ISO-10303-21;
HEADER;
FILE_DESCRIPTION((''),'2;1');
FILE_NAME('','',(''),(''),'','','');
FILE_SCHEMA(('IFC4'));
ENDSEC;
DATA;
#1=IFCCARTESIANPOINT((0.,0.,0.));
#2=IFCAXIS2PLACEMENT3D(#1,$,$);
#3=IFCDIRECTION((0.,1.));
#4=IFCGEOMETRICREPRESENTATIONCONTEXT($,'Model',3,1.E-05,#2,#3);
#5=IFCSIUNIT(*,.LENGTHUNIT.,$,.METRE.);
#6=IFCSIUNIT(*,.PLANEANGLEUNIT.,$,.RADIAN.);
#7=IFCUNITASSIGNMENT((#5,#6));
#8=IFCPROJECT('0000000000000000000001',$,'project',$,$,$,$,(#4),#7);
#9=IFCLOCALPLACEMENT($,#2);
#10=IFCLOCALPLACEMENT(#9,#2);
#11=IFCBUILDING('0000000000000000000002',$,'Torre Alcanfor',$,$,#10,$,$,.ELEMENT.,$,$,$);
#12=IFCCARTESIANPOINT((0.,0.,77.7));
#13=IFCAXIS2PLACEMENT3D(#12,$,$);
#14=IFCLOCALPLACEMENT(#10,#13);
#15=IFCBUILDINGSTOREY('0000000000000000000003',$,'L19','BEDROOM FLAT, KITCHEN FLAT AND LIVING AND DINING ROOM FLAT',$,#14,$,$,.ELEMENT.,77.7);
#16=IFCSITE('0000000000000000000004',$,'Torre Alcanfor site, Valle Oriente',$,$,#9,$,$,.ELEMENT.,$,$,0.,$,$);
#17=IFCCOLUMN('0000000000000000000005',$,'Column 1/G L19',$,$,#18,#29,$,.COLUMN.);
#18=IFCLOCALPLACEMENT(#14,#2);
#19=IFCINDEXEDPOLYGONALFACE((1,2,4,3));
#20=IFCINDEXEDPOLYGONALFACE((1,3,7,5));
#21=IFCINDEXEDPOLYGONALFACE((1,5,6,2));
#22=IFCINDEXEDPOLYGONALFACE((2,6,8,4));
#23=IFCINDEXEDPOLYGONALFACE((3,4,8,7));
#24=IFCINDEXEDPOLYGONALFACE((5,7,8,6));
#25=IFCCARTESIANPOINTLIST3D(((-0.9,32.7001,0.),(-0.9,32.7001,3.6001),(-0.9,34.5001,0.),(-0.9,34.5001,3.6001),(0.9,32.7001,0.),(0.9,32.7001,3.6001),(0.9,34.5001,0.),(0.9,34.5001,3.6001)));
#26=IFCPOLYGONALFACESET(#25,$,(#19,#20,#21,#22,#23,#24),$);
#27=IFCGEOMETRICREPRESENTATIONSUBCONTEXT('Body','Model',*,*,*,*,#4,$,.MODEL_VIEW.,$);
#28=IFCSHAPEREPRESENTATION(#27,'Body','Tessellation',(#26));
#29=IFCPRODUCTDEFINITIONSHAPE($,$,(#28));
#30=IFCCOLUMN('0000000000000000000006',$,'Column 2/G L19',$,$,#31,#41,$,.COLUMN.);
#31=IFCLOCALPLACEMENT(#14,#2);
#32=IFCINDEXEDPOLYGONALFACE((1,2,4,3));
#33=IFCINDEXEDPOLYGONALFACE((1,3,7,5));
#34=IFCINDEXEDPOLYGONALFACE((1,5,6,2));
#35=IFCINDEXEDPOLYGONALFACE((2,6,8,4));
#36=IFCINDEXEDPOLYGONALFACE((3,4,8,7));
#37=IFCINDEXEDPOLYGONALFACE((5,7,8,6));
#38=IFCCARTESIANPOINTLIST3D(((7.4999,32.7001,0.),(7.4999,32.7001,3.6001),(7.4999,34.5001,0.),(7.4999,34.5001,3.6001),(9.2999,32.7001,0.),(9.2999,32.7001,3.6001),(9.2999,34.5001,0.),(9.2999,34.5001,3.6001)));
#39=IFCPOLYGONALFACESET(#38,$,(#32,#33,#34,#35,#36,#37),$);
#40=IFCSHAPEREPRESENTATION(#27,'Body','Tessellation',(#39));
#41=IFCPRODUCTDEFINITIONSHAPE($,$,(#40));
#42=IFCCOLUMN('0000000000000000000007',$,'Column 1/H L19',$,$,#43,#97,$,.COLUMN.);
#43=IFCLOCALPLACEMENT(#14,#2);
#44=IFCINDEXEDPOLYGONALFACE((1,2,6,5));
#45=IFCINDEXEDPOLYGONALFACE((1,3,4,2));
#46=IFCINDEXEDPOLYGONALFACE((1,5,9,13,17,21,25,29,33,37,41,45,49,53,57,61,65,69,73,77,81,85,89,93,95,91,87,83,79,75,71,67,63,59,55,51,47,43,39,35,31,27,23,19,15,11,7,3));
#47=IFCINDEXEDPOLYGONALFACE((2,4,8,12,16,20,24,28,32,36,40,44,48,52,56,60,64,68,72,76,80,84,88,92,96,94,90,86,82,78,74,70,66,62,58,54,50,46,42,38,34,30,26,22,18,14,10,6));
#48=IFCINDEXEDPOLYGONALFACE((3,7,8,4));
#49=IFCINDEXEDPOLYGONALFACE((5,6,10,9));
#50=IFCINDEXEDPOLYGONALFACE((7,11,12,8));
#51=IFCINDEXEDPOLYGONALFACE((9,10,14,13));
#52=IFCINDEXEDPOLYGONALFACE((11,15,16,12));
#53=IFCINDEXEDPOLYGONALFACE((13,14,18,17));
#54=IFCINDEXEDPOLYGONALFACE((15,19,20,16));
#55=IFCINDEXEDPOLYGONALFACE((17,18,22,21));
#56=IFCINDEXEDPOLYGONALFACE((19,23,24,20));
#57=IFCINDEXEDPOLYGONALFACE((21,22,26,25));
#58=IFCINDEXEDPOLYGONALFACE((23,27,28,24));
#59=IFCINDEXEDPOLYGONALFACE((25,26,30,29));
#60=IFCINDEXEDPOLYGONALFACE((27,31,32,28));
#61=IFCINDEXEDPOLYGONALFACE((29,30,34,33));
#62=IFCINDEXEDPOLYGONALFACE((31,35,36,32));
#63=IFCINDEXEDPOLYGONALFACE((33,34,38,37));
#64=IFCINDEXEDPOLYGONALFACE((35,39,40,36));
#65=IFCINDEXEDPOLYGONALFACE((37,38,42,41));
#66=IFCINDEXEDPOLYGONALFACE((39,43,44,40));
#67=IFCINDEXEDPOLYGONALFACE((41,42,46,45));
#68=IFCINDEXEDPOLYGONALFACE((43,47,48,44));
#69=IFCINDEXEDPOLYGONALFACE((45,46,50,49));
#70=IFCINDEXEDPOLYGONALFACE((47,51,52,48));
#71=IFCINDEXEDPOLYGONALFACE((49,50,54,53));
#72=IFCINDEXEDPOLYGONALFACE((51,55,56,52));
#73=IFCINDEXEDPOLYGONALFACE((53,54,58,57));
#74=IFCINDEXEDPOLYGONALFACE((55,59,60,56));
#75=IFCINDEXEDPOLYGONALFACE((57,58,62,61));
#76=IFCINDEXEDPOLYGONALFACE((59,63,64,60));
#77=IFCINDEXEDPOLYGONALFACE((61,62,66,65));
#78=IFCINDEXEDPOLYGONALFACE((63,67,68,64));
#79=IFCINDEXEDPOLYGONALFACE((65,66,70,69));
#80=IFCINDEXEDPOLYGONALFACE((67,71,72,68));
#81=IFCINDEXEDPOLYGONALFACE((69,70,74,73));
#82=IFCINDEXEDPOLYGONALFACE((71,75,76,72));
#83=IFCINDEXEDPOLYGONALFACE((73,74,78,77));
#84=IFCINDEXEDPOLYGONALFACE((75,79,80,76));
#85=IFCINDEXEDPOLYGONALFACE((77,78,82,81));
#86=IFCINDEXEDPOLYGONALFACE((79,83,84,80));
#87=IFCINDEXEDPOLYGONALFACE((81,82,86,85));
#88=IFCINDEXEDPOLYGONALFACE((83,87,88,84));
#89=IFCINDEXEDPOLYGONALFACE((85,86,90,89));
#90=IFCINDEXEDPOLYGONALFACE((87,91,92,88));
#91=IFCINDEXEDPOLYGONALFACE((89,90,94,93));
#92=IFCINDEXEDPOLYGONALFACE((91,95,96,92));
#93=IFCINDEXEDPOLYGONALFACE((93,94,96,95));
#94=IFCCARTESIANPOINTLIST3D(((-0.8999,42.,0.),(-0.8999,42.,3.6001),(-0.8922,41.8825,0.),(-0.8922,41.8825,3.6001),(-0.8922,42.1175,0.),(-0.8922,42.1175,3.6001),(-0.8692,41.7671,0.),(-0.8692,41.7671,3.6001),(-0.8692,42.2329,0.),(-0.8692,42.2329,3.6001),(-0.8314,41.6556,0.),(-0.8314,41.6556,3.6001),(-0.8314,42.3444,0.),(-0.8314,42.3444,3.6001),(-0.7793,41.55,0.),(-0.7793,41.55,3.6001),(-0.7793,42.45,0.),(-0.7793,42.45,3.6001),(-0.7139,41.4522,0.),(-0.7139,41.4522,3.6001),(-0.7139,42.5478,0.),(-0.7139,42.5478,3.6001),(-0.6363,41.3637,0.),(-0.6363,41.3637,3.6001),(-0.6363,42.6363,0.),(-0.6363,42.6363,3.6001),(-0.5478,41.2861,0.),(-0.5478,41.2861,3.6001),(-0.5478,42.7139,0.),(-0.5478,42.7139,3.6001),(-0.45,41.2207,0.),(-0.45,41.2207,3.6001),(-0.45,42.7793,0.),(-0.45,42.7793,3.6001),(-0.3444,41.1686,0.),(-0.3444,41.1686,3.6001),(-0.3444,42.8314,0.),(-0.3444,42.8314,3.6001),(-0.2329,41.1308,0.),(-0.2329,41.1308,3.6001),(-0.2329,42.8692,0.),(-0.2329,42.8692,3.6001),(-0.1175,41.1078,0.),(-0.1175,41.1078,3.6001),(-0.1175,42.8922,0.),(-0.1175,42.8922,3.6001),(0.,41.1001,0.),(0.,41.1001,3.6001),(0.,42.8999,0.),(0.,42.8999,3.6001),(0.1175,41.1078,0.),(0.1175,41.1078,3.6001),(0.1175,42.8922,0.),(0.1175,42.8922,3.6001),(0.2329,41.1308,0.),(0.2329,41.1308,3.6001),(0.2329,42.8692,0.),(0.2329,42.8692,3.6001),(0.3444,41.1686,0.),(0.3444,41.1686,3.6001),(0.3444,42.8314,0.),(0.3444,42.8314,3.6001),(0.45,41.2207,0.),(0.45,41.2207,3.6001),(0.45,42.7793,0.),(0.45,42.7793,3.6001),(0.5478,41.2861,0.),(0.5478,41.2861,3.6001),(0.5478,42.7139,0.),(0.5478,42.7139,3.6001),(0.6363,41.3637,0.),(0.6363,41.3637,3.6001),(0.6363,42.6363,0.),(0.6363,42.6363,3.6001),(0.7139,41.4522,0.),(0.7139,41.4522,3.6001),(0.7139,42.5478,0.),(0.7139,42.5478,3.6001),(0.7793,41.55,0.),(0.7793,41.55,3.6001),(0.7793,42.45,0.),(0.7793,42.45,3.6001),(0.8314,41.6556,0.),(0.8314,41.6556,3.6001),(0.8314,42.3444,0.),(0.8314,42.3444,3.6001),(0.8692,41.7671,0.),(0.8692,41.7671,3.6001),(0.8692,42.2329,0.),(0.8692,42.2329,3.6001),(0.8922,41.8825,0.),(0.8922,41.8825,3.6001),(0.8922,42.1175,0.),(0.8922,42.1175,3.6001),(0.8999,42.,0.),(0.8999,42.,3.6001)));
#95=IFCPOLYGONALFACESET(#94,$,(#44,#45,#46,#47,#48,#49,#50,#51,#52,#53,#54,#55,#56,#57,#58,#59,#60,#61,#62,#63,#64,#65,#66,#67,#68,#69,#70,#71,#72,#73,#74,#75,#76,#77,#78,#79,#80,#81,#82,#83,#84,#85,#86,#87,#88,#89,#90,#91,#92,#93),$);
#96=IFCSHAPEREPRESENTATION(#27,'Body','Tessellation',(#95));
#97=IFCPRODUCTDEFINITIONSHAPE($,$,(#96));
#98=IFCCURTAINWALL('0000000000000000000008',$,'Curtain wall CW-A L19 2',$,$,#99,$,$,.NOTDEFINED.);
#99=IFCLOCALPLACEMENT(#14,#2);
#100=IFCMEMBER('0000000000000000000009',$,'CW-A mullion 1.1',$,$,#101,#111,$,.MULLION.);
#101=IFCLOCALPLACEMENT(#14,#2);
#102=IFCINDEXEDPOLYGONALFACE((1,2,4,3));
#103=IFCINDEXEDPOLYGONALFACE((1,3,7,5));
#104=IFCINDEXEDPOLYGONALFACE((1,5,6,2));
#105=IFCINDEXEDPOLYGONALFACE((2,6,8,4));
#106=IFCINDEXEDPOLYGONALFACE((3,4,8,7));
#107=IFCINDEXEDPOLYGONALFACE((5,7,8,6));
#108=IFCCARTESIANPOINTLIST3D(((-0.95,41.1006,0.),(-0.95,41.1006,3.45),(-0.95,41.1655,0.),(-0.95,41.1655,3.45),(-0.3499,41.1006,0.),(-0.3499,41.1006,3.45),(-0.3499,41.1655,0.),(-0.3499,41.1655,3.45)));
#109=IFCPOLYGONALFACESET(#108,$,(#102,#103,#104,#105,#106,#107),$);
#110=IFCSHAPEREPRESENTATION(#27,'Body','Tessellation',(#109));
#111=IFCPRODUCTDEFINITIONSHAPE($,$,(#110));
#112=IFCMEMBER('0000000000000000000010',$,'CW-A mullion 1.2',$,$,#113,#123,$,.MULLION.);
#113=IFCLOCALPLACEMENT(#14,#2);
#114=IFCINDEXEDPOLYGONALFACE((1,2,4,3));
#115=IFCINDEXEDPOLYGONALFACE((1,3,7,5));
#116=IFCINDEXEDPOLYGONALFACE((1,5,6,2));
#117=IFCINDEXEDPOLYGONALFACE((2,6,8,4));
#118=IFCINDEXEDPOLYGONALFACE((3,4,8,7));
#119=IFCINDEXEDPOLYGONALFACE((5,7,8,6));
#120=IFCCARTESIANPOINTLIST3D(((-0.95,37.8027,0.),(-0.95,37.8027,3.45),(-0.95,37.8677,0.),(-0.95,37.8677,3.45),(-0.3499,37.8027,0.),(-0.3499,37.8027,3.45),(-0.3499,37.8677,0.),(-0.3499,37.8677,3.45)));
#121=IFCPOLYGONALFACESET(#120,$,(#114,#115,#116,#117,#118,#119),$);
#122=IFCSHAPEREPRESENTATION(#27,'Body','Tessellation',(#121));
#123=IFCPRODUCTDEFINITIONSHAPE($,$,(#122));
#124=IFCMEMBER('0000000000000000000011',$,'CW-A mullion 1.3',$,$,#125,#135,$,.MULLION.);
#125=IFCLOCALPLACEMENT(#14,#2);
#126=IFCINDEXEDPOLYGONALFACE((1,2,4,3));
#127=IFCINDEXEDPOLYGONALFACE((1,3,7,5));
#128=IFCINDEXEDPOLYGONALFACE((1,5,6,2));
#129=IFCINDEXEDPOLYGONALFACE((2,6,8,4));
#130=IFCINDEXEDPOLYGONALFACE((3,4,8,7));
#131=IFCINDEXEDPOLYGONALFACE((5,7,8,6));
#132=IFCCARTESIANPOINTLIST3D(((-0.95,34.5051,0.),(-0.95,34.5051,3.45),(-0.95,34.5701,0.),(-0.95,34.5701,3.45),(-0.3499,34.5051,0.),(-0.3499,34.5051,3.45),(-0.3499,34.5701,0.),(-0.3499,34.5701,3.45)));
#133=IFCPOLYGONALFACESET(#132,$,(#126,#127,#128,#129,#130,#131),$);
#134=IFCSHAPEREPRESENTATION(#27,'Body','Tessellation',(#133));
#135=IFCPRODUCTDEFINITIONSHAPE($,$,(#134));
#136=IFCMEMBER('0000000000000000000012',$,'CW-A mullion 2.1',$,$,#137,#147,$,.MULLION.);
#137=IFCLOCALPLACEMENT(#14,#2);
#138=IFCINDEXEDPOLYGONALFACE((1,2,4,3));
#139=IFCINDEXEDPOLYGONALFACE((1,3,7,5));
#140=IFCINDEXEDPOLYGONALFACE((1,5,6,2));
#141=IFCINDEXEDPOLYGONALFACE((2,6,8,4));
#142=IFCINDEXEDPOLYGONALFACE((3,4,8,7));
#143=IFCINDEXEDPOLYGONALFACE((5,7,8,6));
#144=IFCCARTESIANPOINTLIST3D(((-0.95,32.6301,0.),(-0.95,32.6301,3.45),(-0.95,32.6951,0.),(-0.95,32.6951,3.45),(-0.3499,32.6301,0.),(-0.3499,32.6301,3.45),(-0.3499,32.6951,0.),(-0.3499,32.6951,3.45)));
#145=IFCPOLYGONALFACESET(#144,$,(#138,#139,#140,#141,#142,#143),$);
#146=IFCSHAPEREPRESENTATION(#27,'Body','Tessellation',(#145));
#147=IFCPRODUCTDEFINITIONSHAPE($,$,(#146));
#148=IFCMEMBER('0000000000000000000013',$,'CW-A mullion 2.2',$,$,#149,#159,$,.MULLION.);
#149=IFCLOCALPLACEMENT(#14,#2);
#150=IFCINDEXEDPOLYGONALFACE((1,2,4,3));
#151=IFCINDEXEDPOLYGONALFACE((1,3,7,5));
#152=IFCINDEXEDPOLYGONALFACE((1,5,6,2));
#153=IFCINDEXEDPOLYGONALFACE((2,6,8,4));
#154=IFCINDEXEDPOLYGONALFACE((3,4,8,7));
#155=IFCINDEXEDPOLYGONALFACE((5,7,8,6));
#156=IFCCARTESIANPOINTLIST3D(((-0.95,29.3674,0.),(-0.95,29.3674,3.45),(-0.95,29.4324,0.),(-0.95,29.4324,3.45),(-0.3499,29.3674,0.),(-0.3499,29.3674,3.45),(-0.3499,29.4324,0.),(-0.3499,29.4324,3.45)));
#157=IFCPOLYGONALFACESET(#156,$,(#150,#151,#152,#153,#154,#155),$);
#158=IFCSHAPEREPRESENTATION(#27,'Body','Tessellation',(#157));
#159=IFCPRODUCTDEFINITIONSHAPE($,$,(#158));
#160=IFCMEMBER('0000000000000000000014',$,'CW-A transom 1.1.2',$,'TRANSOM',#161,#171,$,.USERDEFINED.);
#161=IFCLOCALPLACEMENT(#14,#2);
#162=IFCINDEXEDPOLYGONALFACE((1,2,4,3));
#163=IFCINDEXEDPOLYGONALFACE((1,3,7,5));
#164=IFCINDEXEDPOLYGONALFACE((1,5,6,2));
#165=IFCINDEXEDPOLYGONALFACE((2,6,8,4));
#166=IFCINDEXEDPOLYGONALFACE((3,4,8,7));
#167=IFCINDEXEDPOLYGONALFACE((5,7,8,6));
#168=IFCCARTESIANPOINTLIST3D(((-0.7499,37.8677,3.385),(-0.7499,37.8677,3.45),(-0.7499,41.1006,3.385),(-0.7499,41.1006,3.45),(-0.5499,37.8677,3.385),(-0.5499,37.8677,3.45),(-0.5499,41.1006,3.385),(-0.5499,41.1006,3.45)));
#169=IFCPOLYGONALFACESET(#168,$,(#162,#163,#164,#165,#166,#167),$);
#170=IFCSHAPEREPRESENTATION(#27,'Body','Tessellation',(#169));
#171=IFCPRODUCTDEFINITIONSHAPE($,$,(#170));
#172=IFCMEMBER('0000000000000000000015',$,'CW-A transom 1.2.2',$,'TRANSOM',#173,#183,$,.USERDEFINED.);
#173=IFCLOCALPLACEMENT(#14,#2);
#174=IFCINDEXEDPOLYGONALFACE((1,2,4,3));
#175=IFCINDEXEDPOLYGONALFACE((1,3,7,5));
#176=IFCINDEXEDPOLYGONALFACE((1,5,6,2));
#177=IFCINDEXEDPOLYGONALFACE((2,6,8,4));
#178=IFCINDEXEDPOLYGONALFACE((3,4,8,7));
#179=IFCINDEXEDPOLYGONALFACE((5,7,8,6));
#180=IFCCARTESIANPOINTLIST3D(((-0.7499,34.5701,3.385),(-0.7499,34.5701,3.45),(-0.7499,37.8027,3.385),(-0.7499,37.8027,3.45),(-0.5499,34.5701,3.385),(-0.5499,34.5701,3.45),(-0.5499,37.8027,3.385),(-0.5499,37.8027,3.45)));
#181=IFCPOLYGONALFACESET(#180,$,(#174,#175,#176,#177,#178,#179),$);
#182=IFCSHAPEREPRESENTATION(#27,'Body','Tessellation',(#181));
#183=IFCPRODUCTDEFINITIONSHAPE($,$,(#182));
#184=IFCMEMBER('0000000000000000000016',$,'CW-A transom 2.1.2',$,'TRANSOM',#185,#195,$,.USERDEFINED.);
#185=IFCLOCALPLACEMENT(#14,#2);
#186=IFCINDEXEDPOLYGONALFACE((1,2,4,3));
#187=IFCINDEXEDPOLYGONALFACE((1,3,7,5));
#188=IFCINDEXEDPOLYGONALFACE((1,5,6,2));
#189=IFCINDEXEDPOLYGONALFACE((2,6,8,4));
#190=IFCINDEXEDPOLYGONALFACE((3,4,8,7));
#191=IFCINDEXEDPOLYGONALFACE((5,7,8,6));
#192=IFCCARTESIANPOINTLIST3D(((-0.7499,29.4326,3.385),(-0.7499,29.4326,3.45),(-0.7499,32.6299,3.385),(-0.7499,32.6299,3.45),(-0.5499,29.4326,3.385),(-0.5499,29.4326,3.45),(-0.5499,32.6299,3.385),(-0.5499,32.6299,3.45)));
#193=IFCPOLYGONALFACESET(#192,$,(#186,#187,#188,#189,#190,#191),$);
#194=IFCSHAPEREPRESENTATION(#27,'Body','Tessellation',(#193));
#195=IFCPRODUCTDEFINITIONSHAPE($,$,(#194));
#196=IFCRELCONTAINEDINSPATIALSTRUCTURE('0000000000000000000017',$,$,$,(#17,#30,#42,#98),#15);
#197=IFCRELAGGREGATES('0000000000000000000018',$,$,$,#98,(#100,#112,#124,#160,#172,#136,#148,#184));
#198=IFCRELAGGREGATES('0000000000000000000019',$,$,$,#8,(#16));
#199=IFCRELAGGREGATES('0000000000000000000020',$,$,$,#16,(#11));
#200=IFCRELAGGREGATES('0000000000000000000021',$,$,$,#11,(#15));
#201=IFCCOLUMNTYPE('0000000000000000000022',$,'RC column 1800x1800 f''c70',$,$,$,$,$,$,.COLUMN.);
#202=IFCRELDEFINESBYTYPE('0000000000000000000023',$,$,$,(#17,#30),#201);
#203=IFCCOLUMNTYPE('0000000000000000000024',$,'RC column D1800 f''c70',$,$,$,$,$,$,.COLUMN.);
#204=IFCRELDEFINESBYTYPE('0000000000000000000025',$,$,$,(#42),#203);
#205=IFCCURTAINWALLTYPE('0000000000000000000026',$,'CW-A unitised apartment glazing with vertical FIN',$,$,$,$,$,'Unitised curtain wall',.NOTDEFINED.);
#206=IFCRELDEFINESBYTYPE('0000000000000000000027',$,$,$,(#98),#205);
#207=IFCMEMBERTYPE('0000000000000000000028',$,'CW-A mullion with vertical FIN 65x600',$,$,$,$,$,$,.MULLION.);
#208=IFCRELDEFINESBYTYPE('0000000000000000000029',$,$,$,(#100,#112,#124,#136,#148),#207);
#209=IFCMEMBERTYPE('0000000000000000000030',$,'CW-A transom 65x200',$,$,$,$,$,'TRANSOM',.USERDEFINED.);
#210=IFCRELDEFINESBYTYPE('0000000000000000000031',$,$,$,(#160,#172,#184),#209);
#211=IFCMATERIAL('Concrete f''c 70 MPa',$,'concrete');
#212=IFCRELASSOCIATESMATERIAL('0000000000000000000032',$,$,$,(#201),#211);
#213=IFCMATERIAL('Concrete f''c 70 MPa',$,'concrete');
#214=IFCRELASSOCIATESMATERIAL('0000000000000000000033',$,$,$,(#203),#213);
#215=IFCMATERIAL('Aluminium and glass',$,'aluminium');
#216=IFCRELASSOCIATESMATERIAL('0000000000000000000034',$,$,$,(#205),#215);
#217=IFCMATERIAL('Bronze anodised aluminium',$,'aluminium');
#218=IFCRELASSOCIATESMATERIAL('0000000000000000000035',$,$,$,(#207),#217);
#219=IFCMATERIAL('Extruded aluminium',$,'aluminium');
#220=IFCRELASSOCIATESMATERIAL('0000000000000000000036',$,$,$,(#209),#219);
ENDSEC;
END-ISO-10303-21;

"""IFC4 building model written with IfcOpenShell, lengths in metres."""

from ifc_helpers import new_model, si_unit, direction, frame, origin, origin_2d, place, context, subcontext, project, spatial, rectangle, circle, extrude, material, material_profile, profile_set, type_object, element, aggregate, save


model = new_model("IFC4")

# Units and contexts
model_context = context("Model", 3, precision=1e-05, world=origin(), true_north=direction((0.0, 1.0)))
body_context = subcontext(model_context, "Body", "Model", "MODEL_VIEW")
ifc_project = project(units=[si_unit("LENGTHUNIT", "METRE"), si_unit("PLANEANGLEUNIT", "RADIAN")], contexts=[model_context])

# Site, building, storey
site_placement = place(None, origin())
site = spatial("IfcSite", under=ifc_project, at=site_placement, Name="Torre Alcanfor site, Valle Oriente", CompositionType="ELEMENT", RefElevation=0.0)
building_placement = place(site_placement, origin())
building = spatial("IfcBuilding", under=site, at=building_placement, Name="Torre Alcanfor", CompositionType="ELEMENT")
storey_placement = place(building_placement, frame((0.0, 0.0, 77.7)))
storey = spatial("IfcBuildingStorey", under=building, at=storey_placement, Name="L19", Description="BEDROOM FLAT, KITCHEN FLAT AND LIVING AND DINING ROOM FLAT", CompositionType="ELEMENT", Elevation=77.7)

# Columns
ifc_material_1 = material(Name="Concrete f'c 70 MPa", Category="concrete")
ifc_material_profile_1 = material_profile(ifc_material_1, rectangle(XDim=1.8, YDim=1.8, at=origin_2d()), Name="1800x1800")
ifc_profile_set_1 = profile_set([ifc_material_profile_1], Name="Concrete f'c 70 MPa")
column_type_1 = type_object("IfcColumnType", Name="RC column 1800x1800 f'c70", PredefinedType="COLUMN", material=ifc_profile_set_1)
for number, where, z_axis, x_axis, name in (
    (1, (0.0, 33.6001, 0.0), (0.0, 0.0, 1.0), (1.0, 0.0, 0.0), "Column 1/G L19"),
    (2, (8.3999, 33.6001, 0.0), (0.0, 0.0, 1.0), (1.0, 0.0, 0.0), "Column 2/G L19"),
):
    element("IfcColumn", number, at=place(storey_placement, frame(where, z_axis=z_axis, x_axis=x_axis)), inside=storey, type_object=column_type_1, Name=name, PredefinedType="COLUMN", context=body_context, shape_type="SweptSolid", body=[
        extrude(rectangle(XDim=1.8, YDim=1.8, at=origin_2d()), origin(), (0.0, 0.0, 1.0), 3.6001),
    ])
ifc_material_2 = material(Name="Concrete f'c 70 MPa", Category="concrete")
ifc_material_profile_2 = material_profile(ifc_material_2, circle(Radius=0.8999, at=origin_2d()), Name="D1800")
ifc_profile_set_2 = profile_set([ifc_material_profile_2], Name="Concrete f'c 70 MPa")
column_type_2 = type_object("IfcColumnType", Name="RC column D1800 f'c70", PredefinedType="COLUMN", material=ifc_profile_set_2)
column_placement = place(storey_placement, frame((0.0, 42.0, 0.0), z_axis=(0.0, 0.0, 1.0), x_axis=(1.0, 0.0, 0.0)))
element("IfcColumn", 3, at=column_placement, inside=storey, type_object=column_type_2, Name="Column 1/H L19", PredefinedType="COLUMN", context=body_context, shape_type="SweptSolid", body=[
    extrude(circle(Radius=0.8999, at=origin_2d()), origin(), (0.0, 0.0, 1.0), 3.6001),
])

# Curtain wall, members
ifc_material_3 = material(Name="Aluminium and glass", Category="aluminium")
curtain_wall_type = type_object("IfcCurtainWallType", Name="CW-A unitised apartment glazing with vertical FIN", ElementType="Unitised curtain wall", PredefinedType="NOTDEFINED", material=ifc_material_3)
curtain_wall_placement = place(storey_placement, origin())
curtain_wall = element("IfcCurtainWall", 4, at=curtain_wall_placement, inside=storey, type_object=curtain_wall_type, Name="Curtain wall CW-A L19 2", PredefinedType="NOTDEFINED")
ifc_material_4 = material(Name="Bronze anodised aluminium", Category="aluminium")
ifc_material_profile_3 = material_profile(ifc_material_4, rectangle(XDim=0.6001, YDim=0.0649, at=origin_2d()), Name="CW-A mullion 65x600")
ifc_profile_set_3 = profile_set([ifc_material_profile_3], Name="Bronze anodised aluminium")
member_type_1 = type_object("IfcMemberType", Name="CW-A mullion with vertical FIN 65x600", PredefinedType="MULLION", material=ifc_profile_set_3)
member_1_placement = place(storey_placement, frame((-0.6499, 41.1331, 0.0), z_axis=(0.0, 0.0, 1.0), x_axis=(1.0, 0.0, 0.0)))
member_1 = element("IfcMember", 5, at=member_1_placement, type_object=member_type_1, Name="CW-A mullion 1.1", PredefinedType="MULLION", context=body_context, shape_type="SweptSolid", body=[
    extrude(rectangle(XDim=0.6001, YDim=0.0649, at=origin_2d()), origin(), (0.0, 0.0, 1.0), 3.45),
])
member_2_placement = place(storey_placement, frame((-0.6499, 37.8352, 0.0), z_axis=(0.0, 0.0, 1.0), x_axis=(1.0, 0.0, 0.0)))
member_2 = element("IfcMember", 6, at=member_2_placement, type_object=member_type_1, Name="CW-A mullion 1.2", PredefinedType="MULLION", context=body_context, shape_type="SweptSolid", body=[
    extrude(rectangle(XDim=0.6001, YDim=0.0649, at=origin_2d()), origin(), (0.0, 0.0, 1.0), 3.45),
])
member_3_placement = place(storey_placement, frame((-0.6499, 34.5376, 0.0), z_axis=(0.0, 0.0, 1.0), x_axis=(1.0, 0.0, 0.0)))
member_3 = element("IfcMember", 7, at=member_3_placement, type_object=member_type_1, Name="CW-A mullion 1.3", PredefinedType="MULLION", context=body_context, shape_type="SweptSolid", body=[
    extrude(rectangle(XDim=0.6001, YDim=0.0649, at=origin_2d()), origin(), (0.0, 0.0, 1.0), 3.45),
])
member_4_placement = place(storey_placement, frame((-0.6499, 32.6626, 0.0), z_axis=(0.0, 0.0, 1.0), x_axis=(1.0, 0.0, 0.0)))
member_4 = element("IfcMember", 8, at=member_4_placement, type_object=member_type_1, Name="CW-A mullion 2.1", PredefinedType="MULLION", context=body_context, shape_type="SweptSolid", body=[
    extrude(rectangle(XDim=0.6001, YDim=0.0649, at=origin_2d()), origin(), (0.0, 0.0, 1.0), 3.45),
])
member_5_placement = place(storey_placement, frame((-0.6499, 29.3999, 0.0), z_axis=(0.0, 0.0, 1.0), x_axis=(1.0, 0.0, 0.0)))
member_5 = element("IfcMember", 9, at=member_5_placement, type_object=member_type_1, Name="CW-A mullion 2.2", PredefinedType="MULLION", context=body_context, shape_type="SweptSolid", body=[
    extrude(rectangle(XDim=0.6001, YDim=0.0649, at=origin_2d()), origin(), (0.0, 0.0, 1.0), 3.45),
])
ifc_material_5 = material(Name="Extruded aluminium", Category="aluminium")
ifc_material_profile_4 = material_profile(ifc_material_5, rectangle(XDim=0.2, YDim=0.0649, at=origin_2d()), Name="CW-A transom 200x65")
ifc_profile_set_4 = profile_set([ifc_material_profile_4], Name="Extruded aluminium")
member_type_2 = type_object("IfcMemberType", Name="CW-A transom 65x200", ElementType="TRANSOM", PredefinedType="USERDEFINED", material=ifc_profile_set_4)
member_6_placement = place(storey_placement, frame((-0.6499, 41.1006, 3.4175), z_axis=(0.0, -1.0, 0.0), x_axis=(1.0, 0.0, 0.0)))
member_6 = element("IfcMember", 10, at=member_6_placement, type_object=member_type_2, Name="CW-A transom 1.1.2", ObjectType="TRANSOM", PredefinedType="USERDEFINED", context=body_context, shape_type="SweptSolid", body=[
    extrude(rectangle(XDim=0.2, YDim=0.0649, at=origin_2d()), origin(), (0.0, 0.0, 1.0), 3.2329),
])
member_7_placement = place(storey_placement, frame((-0.6499, 37.8027, 3.4175), z_axis=(0.0, -1.0, 0.0), x_axis=(1.0, 0.0, 0.0)))
member_7 = element("IfcMember", 11, at=member_7_placement, type_object=member_type_2, Name="CW-A transom 1.2.2", ObjectType="TRANSOM", PredefinedType="USERDEFINED", context=body_context, shape_type="SweptSolid", body=[
    extrude(rectangle(XDim=0.2, YDim=0.0649, at=origin_2d()), origin(), (0.0, 0.0, 1.0), 3.2327),
])
member_8_placement = place(storey_placement, frame((-0.6499, 32.6299, 3.4175), z_axis=(0.0, -1.0, 0.0), x_axis=(1.0, 0.0, 0.0)))
member_8 = element("IfcMember", 12, at=member_8_placement, type_object=member_type_2, Name="CW-A transom 2.1.2", ObjectType="TRANSOM", PredefinedType="USERDEFINED", context=body_context, shape_type="SweptSolid", body=[
    extrude(rectangle(XDim=0.2, YDim=0.0649, at=origin_2d()), origin(), (0.0, 0.0, 1.0), 3.1973),
])

aggregate(curtain_wall, [member_1, member_2, member_3, member_6, member_7, member_4, member_5, member_8])

save(model, "model.ifc")
